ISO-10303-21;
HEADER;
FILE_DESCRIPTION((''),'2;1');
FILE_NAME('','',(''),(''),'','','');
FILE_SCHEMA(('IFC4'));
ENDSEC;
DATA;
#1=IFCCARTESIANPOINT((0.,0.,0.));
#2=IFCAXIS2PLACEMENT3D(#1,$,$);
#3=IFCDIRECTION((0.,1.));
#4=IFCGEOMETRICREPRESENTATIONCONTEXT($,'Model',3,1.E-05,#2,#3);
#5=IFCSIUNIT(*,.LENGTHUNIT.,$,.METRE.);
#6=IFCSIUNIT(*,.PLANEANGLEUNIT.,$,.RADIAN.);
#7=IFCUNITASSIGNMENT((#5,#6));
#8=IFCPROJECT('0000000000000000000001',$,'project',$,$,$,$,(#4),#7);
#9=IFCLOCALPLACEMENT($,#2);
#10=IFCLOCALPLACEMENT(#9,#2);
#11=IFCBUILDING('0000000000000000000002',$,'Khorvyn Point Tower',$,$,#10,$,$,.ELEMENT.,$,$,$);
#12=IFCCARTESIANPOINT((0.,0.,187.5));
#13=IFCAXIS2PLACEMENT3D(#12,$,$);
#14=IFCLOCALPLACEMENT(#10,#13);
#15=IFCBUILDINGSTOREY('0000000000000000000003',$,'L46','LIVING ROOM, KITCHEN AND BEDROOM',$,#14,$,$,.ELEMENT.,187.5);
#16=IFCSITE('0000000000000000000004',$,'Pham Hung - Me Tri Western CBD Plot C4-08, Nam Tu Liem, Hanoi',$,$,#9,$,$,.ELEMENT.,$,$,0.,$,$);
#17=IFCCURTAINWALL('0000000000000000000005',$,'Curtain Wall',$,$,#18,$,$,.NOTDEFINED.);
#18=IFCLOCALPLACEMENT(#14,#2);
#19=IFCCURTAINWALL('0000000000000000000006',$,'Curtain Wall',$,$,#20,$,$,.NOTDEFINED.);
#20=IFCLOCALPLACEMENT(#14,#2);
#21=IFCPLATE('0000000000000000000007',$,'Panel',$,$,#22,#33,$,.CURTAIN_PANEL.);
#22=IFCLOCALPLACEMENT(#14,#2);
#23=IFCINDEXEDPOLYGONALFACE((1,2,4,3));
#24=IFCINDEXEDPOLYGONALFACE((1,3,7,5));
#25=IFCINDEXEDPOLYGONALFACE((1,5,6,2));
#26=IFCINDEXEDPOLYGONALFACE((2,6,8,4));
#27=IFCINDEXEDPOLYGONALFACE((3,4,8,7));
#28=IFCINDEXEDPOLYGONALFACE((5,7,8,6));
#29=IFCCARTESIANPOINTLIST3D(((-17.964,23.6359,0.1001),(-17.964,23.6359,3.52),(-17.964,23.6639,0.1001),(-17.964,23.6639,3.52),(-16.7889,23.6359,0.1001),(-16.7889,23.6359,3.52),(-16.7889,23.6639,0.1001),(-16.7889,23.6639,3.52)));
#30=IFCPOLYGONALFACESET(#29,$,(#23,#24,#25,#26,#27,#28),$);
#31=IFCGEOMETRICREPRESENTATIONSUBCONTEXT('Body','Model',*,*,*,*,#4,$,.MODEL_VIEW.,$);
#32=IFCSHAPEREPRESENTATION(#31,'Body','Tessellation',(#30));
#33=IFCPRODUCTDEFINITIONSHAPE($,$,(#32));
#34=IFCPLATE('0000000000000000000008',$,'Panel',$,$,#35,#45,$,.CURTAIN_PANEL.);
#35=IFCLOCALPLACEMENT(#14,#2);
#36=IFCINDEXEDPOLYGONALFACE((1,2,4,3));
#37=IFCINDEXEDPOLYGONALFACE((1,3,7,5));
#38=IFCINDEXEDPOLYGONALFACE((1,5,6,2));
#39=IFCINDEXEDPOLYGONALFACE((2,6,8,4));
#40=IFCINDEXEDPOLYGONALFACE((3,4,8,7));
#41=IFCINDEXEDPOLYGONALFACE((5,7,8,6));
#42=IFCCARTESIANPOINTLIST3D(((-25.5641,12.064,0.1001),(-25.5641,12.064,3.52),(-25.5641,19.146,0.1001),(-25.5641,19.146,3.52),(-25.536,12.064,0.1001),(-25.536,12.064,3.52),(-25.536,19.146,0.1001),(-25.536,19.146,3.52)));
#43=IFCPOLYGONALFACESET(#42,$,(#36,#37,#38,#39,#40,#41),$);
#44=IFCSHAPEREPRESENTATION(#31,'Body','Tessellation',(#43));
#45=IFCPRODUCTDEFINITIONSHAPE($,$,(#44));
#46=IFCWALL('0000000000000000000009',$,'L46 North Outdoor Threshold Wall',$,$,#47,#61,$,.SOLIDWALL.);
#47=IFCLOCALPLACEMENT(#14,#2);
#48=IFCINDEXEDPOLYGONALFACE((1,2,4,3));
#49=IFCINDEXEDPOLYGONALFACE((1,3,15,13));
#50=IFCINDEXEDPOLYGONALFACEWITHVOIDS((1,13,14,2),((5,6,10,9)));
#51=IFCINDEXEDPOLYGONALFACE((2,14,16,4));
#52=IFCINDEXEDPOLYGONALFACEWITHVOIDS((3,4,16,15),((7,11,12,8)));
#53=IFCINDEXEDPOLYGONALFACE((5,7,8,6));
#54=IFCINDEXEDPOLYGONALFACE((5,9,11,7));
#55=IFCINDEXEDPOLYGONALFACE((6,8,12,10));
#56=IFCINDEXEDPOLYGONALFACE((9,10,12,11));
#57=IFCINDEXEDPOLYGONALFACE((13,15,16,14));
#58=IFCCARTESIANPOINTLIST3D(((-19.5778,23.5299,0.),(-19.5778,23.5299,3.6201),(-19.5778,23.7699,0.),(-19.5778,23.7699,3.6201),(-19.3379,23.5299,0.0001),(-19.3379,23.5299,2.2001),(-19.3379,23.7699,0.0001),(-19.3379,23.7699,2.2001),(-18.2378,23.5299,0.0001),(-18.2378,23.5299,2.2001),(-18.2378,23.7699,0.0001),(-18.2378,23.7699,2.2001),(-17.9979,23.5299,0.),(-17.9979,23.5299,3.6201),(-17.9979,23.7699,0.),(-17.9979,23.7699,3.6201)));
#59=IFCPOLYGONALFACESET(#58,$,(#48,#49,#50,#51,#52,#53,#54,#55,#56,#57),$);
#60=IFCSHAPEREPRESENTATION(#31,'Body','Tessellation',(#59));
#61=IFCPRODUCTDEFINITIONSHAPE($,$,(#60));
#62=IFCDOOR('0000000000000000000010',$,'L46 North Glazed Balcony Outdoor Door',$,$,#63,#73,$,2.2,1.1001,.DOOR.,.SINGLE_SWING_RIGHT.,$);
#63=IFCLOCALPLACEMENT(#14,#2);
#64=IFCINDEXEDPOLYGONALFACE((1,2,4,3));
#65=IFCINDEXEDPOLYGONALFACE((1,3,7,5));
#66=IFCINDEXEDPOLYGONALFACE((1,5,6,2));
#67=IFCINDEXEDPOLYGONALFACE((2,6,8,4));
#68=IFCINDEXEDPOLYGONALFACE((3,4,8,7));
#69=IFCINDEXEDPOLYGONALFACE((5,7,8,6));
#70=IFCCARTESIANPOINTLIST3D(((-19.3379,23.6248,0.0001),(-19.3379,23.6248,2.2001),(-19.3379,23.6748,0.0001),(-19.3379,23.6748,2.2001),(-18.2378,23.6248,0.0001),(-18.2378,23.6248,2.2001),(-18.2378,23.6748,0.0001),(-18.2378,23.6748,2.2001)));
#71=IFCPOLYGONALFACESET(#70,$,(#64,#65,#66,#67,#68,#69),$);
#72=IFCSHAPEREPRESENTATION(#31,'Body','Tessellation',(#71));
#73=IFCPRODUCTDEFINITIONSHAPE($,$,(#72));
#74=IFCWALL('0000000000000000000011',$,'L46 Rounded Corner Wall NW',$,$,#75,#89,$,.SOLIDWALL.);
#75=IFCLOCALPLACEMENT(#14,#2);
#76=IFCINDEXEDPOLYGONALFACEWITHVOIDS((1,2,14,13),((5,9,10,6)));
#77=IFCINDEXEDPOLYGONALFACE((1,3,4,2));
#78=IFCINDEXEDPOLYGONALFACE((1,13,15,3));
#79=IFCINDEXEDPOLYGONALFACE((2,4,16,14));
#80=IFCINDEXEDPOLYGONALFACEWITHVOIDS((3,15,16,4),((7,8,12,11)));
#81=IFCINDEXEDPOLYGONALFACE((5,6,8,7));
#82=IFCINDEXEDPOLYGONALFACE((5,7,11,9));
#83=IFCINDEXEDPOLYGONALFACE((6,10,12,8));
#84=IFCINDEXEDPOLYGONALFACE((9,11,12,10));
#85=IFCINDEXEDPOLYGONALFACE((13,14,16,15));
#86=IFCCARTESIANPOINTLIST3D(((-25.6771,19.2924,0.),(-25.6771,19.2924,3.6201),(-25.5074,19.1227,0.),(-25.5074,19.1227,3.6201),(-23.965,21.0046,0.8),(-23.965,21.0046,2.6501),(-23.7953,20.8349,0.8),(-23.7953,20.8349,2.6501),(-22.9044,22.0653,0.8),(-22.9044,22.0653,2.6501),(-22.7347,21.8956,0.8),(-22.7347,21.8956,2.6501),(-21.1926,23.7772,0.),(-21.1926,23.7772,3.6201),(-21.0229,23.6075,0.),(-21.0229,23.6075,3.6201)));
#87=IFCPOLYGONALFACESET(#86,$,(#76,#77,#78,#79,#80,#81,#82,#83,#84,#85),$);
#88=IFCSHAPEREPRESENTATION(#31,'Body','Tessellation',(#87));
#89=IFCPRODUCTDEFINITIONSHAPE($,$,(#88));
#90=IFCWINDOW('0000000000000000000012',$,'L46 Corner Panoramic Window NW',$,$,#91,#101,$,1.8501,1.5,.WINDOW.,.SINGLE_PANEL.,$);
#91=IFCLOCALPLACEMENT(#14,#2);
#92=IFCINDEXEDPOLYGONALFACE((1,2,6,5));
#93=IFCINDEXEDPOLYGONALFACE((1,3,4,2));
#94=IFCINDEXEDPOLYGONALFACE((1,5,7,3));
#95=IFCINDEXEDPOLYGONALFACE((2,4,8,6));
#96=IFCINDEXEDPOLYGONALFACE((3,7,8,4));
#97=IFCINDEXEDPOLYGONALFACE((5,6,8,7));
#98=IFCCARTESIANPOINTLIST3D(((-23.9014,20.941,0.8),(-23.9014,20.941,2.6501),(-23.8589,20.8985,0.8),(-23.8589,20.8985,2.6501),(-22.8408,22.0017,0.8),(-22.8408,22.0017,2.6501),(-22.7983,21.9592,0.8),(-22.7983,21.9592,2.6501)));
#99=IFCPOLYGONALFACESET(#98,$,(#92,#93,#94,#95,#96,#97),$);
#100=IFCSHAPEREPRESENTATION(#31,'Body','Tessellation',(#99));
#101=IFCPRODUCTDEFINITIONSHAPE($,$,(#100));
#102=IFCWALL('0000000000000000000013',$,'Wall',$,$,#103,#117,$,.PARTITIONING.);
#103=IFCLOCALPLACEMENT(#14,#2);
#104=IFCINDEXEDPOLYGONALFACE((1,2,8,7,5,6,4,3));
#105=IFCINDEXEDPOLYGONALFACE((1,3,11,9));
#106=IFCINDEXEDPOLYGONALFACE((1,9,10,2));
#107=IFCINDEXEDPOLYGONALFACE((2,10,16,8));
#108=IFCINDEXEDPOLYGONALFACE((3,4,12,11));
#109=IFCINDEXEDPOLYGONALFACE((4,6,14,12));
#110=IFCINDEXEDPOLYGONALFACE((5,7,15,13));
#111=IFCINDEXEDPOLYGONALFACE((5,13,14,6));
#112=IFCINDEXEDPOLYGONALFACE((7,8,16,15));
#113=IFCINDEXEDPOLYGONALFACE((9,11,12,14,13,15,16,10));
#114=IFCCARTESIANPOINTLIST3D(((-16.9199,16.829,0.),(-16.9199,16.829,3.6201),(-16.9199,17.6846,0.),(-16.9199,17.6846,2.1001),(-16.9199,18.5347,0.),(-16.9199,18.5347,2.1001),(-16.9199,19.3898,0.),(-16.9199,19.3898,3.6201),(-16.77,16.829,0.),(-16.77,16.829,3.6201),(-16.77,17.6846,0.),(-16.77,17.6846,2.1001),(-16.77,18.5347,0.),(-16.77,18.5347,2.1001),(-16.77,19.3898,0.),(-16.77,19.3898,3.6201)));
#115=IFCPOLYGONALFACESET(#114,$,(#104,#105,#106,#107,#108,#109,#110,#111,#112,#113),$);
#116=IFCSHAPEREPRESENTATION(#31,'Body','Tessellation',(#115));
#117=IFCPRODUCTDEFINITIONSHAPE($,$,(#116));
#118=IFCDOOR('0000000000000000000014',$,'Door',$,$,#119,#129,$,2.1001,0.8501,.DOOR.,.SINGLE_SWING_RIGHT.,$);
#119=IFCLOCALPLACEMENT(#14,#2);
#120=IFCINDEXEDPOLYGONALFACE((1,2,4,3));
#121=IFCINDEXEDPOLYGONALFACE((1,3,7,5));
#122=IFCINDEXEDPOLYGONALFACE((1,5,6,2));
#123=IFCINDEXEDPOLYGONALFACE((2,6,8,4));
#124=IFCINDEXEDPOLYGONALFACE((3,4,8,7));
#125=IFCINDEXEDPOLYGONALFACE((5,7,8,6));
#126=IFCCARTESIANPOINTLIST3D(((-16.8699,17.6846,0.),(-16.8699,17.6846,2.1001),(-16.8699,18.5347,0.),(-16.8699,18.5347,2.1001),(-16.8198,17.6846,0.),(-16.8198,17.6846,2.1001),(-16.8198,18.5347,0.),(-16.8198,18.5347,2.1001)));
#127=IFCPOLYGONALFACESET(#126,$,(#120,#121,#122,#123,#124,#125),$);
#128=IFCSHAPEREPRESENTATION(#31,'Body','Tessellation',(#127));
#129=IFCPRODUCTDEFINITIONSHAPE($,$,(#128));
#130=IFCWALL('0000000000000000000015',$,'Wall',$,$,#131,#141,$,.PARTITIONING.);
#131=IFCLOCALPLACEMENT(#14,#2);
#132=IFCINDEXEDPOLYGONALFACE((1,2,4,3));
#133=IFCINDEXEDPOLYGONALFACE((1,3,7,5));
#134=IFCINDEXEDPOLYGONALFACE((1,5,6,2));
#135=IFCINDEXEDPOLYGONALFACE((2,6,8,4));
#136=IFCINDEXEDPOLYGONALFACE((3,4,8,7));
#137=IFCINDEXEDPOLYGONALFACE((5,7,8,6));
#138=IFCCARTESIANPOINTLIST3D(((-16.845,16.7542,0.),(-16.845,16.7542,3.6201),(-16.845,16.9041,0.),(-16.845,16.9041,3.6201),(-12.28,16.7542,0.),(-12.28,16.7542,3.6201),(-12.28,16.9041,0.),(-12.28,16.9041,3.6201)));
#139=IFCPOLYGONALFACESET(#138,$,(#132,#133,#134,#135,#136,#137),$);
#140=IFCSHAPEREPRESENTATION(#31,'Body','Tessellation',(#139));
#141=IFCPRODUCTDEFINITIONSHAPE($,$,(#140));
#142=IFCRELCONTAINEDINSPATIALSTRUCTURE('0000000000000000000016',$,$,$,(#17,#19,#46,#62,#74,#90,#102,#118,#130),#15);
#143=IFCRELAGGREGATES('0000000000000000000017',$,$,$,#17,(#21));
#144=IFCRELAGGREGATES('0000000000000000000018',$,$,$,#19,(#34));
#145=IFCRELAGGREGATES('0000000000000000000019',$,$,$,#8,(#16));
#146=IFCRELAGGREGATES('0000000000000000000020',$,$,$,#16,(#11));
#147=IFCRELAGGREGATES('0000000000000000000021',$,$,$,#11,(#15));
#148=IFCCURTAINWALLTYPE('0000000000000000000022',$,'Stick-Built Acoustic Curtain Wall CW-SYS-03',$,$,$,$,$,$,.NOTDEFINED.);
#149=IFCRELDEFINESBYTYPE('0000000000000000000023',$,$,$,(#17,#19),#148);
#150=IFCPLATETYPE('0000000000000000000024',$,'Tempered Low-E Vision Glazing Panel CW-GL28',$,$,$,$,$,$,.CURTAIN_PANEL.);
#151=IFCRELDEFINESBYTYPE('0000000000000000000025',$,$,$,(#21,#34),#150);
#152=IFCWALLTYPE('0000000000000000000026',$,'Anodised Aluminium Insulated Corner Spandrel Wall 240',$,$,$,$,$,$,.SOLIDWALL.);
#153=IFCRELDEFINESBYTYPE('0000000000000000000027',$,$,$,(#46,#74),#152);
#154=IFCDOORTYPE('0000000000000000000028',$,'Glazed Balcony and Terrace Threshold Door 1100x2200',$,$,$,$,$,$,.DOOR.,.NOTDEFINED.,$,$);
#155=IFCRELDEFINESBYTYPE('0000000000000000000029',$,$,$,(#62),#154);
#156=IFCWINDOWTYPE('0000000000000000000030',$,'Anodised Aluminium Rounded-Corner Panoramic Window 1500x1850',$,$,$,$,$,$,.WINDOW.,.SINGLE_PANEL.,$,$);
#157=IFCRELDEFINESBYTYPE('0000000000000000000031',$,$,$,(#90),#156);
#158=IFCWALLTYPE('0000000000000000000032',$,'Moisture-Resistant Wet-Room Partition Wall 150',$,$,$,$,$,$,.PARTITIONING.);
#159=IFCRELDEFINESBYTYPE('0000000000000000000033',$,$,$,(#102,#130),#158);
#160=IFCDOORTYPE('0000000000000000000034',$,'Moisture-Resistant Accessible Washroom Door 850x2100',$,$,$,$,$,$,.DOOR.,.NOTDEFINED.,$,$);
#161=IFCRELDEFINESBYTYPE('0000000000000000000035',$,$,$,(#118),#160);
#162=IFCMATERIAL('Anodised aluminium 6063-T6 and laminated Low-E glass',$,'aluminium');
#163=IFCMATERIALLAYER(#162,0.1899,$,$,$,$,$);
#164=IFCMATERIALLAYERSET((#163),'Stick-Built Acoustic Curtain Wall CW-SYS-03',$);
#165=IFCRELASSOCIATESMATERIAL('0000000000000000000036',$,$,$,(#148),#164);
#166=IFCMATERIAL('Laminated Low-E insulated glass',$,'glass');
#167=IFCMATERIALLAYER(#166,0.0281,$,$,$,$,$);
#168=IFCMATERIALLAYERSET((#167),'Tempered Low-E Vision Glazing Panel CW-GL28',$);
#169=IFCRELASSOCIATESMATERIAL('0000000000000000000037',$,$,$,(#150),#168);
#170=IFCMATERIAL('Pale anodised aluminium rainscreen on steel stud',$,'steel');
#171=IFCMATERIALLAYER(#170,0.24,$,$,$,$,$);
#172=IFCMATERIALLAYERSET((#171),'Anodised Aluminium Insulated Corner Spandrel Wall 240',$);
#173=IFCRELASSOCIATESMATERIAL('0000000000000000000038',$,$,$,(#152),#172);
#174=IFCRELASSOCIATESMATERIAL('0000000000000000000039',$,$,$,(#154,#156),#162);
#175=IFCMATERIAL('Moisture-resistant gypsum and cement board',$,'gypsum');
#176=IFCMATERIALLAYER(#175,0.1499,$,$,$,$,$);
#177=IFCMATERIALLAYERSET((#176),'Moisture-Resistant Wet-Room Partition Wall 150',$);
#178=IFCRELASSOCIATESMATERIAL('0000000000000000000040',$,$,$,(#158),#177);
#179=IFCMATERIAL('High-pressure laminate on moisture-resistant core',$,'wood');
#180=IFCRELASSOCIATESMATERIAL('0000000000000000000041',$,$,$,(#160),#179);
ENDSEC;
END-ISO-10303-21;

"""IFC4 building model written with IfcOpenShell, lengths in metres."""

from ifc_helpers import new_model, si_unit, direction, frame, frame_2d, origin, origin_2d, place, context, subcontext, project, spatial, rectangle, extrude, material, layer, layer_set, type_object, element, fill, aggregate, save


model = new_model("IFC4")

# Units and contexts
model_context = context("Model", 3, precision=1e-05, world=origin(), true_north=direction((0.0, 1.0)))
body_context = subcontext(model_context, "Body", "Model", "MODEL_VIEW")
ifc_project = project(units=[si_unit("LENGTHUNIT", "METRE"), si_unit("PLANEANGLEUNIT", "RADIAN")], contexts=[model_context])

# Site, building, storey
site_placement = place(None, origin())
site = spatial("IfcSite", under=ifc_project, at=site_placement, Name="Pham Hung - Me Tri Western CBD Plot C4-08, Nam Tu Liem, Hanoi", CompositionType="ELEMENT", RefElevation=0.0)
building_placement = place(site_placement, origin())
building = spatial("IfcBuilding", under=site, at=building_placement, Name="Khorvyn Point Tower", CompositionType="ELEMENT")
storey_placement = place(building_placement, frame((0.0, 0.0, 187.5)))
storey = spatial("IfcBuildingStorey", under=building, at=storey_placement, Name="L46", Description="LIVING ROOM, KITCHEN AND BEDROOM", CompositionType="ELEMENT", Elevation=187.5)

# Shared definitions
ifc_material_1 = material(Name="Anodised aluminium 6063-T6 and laminated Low-E glass", Category="aluminium")
ifc_layer_1 = layer(ifc_material_1, 0.1899)
ifc_layer_set_1 = layer_set([ifc_layer_1], Name="Stick-Built Acoustic Curtain Wall CW-SYS-03")
curtain_wall_type = type_object("IfcCurtainWallType", Name="Stick-Built Acoustic Curtain Wall CW-SYS-03", PredefinedType="NOTDEFINED", material=ifc_layer_set_1)

# Curtain walls
curtain_wall_1_placement = place(storey_placement, origin())
curtain_wall_1 = element("IfcCurtainWall", 1, at=curtain_wall_1_placement, inside=storey, type_object=curtain_wall_type, Name="Curtain Wall", PredefinedType="NOTDEFINED")
curtain_wall_2_placement = place(storey_placement, origin())
curtain_wall_2 = element("IfcCurtainWall", 2, at=curtain_wall_2_placement, inside=storey, type_object=curtain_wall_type, Name="Curtain Wall", PredefinedType="NOTDEFINED")

# Plates
ifc_material_2 = material(Name="Laminated Low-E insulated glass", Category="glass")
ifc_layer_2 = layer(ifc_material_2, 0.0281)
ifc_layer_set_2 = layer_set([ifc_layer_2], Name="Tempered Low-E Vision Glazing Panel CW-GL28")
plate_type_1 = type_object("IfcPlateType", Name="Tempered Low-E Vision Glazing Panel CW-GL28", PredefinedType="CURTAIN_PANEL", material=ifc_layer_set_2)
plate_1_placement = place(storey_placement, frame((-17.3765, 23.6499, 0.1001), z_axis=(0.0, 0.0, 1.0), x_axis=(1.0, 0.0, 0.0)))
plate_1 = element("IfcPlate", 3, at=plate_1_placement, type_object=plate_type_1, Name="Panel", PredefinedType="CURTAIN_PANEL", context=body_context, shape_type="SweptSolid", body=[
    extrude(rectangle(XDim=1.175, YDim=0.0281, at=origin_2d()), origin(), (0.0, 0.0, 1.0), 3.4199),
])
aggregate(curtain_wall_1, [plate_1])
plate_2_placement = place(storey_placement, frame((-25.55, 15.605, 0.1001), z_axis=(0.0, 0.0, 1.0), x_axis=(0.0, 1.0, 0.0)))
plate_2 = element("IfcPlate", 4, at=plate_2_placement, type_object=plate_type_1, Name="Panel", PredefinedType="CURTAIN_PANEL", context=body_context, shape_type="SweptSolid", body=[
    extrude(rectangle(XDim=7.082, YDim=0.0281, at=origin_2d()), origin(), (0.0, 0.0, 1.0), 3.4199),
])
aggregate(curtain_wall_2, [plate_2])

# Wall, opening, door
ifc_material_3 = material(Name="Pale anodised aluminium rainscreen on steel stud", Category="steel")
ifc_layer_3 = layer(ifc_material_3, 0.24)
ifc_layer_set_3 = layer_set([ifc_layer_3], Name="Anodised Aluminium Insulated Corner Spandrel Wall 240")
wall_type_1 = type_object("IfcWallType", Name="Anodised Aluminium Insulated Corner Spandrel Wall 240", PredefinedType="SOLIDWALL", material=ifc_layer_set_3)
wall_1_placement = place(storey_placement, frame((-19.5779, 23.6499, 0.0), z_axis=(0.0, 0.0, 1.0), x_axis=(1.0, 0.0, 0.0)))
wall_1 = element("IfcWall", 5, at=wall_1_placement, inside=storey, type_object=wall_type_1, Name="L46 North Outdoor Threshold Wall", PredefinedType="SOLIDWALL", context=body_context, shape_type="SweptSolid", body=[
    extrude(rectangle(XDim=1.5798, YDim=0.24, at=frame_2d((0.79, 0.0))), origin(), (0.0, 0.0, 1.0), 3.6201),
])
opening_1_placement = place(wall_1_placement, frame((0.24, 0.0, 0.0)))
opening_1 = element("IfcOpeningElement", 6, at=opening_1_placement, cuts=wall_1, PredefinedType="OPENING", context=body_context, shape_type="SweptSolid", body=[
    extrude(rectangle(XDim=1.1001, YDim=2.2, at=frame_2d((0.55, 1.1001))), frame((0.0, 0.1299, 0.0), z_axis=(0.0, -1.0, 0.0), x_axis=(1.0, 0.0, 0.0)), (0.0, 0.0, 1.0), 0.26),
])
door_type_1 = type_object("IfcDoorType", Name="Glazed Balcony and Terrace Threshold Door 1100x2200", OperationType="NOTDEFINED", PredefinedType="DOOR", material=ifc_material_1)
door_1_placement = place(opening_1_placement, origin())
door_1 = element("IfcDoor", 7, at=door_1_placement, inside=storey, type_object=door_type_1, Name="L46 North Glazed Balcony Outdoor Door", OperationType="SINGLE_SWING_RIGHT", OverallHeight=2.2, OverallWidth=1.1001, PredefinedType="DOOR", context=body_context, shape_type="SweptSolid", body=[
    extrude(rectangle(XDim=1.1001, YDim=2.2, at=frame_2d((0.55, 1.1001))), frame((0.0, 0.0249, 0.0), z_axis=(0.0, -1.0, 0.0), x_axis=(1.0, 0.0, 0.0)), (0.0, 0.0, 1.0), 0.05),
])
fill(opening_1, door_1)

# Wall, opening, window
wall_2_placement = place(storey_placement, frame((-25.5923, 19.2075, 0.0), z_axis=(0.0, 0.0, 1.0), x_axis=(0.707088, 0.707126, 0.0)))
wall_2 = element("IfcWall", 8, at=wall_2_placement, inside=storey, type_object=wall_type_1, Name="L46 Rounded Corner Wall NW", PredefinedType="SOLIDWALL", context=body_context, shape_type="SweptSolid", body=[
    extrude(rectangle(XDim=6.3423, YDim=0.24, at=frame_2d((3.1711, 0.0))), origin(), (0.0, 0.0, 1.0), 3.6201),
])
opening_2_placement = place(wall_2_placement, frame((2.4214, 0.0, 0.8)))
opening_2 = element("IfcOpeningElement", 9, at=opening_2_placement, cuts=wall_2, PredefinedType="OPENING", context=body_context, shape_type="SweptSolid", body=[
    extrude(rectangle(XDim=1.5, YDim=1.8501, at=frame_2d((0.75, 0.925))), frame((0.0, 0.1299, 0.0), z_axis=(0.0, -1.0, 0.0), x_axis=(1.0, 0.0, 0.0)), (0.0, 0.0, 1.0), 0.26),
])
window_type = type_object("IfcWindowType", Name="Anodised Aluminium Rounded-Corner Panoramic Window 1500x1850", PartitioningType="SINGLE_PANEL", PredefinedType="WINDOW", material=ifc_material_1)
window_placement = place(opening_2_placement, origin())
window = element("IfcWindow", 10, at=window_placement, inside=storey, type_object=window_type, Name="L46 Corner Panoramic Window NW", OverallHeight=1.8501, OverallWidth=1.5, PartitioningType="SINGLE_PANEL", PredefinedType="WINDOW", context=body_context, shape_type="SweptSolid", body=[
    extrude(rectangle(XDim=1.5, YDim=1.8501, at=frame_2d((0.75, 0.925))), frame((0.0, 0.03, 0.0), z_axis=(0.0, -1.0, 0.0), x_axis=(1.0, 0.0, 0.0)), (0.0, 0.0, 1.0), 0.0601),
])
fill(opening_2, window)

# Wall, opening, door
ifc_material_4 = material(Name="Moisture-resistant gypsum and cement board", Category="gypsum")
ifc_layer_4 = layer(ifc_material_4, 0.1499)
ifc_layer_set_4 = layer_set([ifc_layer_4], Name="Moisture-Resistant Wet-Room Partition Wall 150")
wall_type_2 = type_object("IfcWallType", Name="Moisture-Resistant Wet-Room Partition Wall 150", PredefinedType="PARTITIONING", material=ifc_layer_set_4)
wall_3_placement = place(storey_placement, frame((-16.845, 16.8291, 0.0), z_axis=(0.0, 0.0, 1.0), x_axis=(0.0, 1.0, 0.0)))
wall_3 = element("IfcWall", 11, at=wall_3_placement, inside=storey, type_object=wall_type_2, Name="Wall", PredefinedType="PARTITIONING", context=body_context, shape_type="SweptSolid", body=[
    extrude(rectangle(XDim=2.5608, YDim=0.1499, at=frame_2d((1.2803, 0.0))), origin(), (0.0, 0.0, 1.0), 3.6201),
])
opening_3_placement = place(wall_3_placement, frame((0.8555, 0.0, 0.0)))
opening_3 = element("IfcOpeningElement", 12, at=opening_3_placement, cuts=wall_3, PredefinedType="OPENING", context=body_context, shape_type="SweptSolid", body=[
    extrude(rectangle(XDim=0.8501, YDim=2.1001, at=frame_2d((0.425, 1.05))), frame((0.0, 0.085, 0.0), z_axis=(0.0, -1.0, 0.0), x_axis=(1.0, 0.0, 0.0)), (0.0, 0.0, 1.0), 0.1699),
])
ifc_material_5 = material(Name="High-pressure laminate on moisture-resistant core", Category="wood")
door_type_2 = type_object("IfcDoorType", Name="Moisture-Resistant Accessible Washroom Door 850x2100", OperationType="NOTDEFINED", PredefinedType="DOOR", material=ifc_material_5)
door_2_placement = place(opening_3_placement, origin())
door_2 = element("IfcDoor", 13, at=door_2_placement, inside=storey, type_object=door_type_2, Name="Door", OperationType="SINGLE_SWING_RIGHT", OverallHeight=2.1001, OverallWidth=0.8501, PredefinedType="DOOR", context=body_context, shape_type="SweptSolid", body=[
    extrude(rectangle(XDim=0.8501, YDim=2.1001, at=frame_2d((0.425, 1.05))), frame((0.0, 0.0249, 0.0), z_axis=(0.0, -1.0, 0.0), x_axis=(1.0, 0.0, 0.0)), (0.0, 0.0, 1.0), 0.05),
])
fill(opening_3, door_2)

# Wall
wall_4_placement = place(storey_placement, frame((-16.845, 16.8291, 0.0), z_axis=(0.0, 0.0, 1.0), x_axis=(1.0, 0.0, 0.0)))
element("IfcWall", 14, at=wall_4_placement, inside=storey, type_object=wall_type_2, Name="Wall", PredefinedType="PARTITIONING", context=body_context, shape_type="SweptSolid", body=[
    extrude(rectangle(XDim=4.5649, YDim=0.1499, at=frame_2d((2.2825, 0.0))), origin(), (0.0, 0.0, 1.0), 3.6201),
])

save(model, "model.ifc")
